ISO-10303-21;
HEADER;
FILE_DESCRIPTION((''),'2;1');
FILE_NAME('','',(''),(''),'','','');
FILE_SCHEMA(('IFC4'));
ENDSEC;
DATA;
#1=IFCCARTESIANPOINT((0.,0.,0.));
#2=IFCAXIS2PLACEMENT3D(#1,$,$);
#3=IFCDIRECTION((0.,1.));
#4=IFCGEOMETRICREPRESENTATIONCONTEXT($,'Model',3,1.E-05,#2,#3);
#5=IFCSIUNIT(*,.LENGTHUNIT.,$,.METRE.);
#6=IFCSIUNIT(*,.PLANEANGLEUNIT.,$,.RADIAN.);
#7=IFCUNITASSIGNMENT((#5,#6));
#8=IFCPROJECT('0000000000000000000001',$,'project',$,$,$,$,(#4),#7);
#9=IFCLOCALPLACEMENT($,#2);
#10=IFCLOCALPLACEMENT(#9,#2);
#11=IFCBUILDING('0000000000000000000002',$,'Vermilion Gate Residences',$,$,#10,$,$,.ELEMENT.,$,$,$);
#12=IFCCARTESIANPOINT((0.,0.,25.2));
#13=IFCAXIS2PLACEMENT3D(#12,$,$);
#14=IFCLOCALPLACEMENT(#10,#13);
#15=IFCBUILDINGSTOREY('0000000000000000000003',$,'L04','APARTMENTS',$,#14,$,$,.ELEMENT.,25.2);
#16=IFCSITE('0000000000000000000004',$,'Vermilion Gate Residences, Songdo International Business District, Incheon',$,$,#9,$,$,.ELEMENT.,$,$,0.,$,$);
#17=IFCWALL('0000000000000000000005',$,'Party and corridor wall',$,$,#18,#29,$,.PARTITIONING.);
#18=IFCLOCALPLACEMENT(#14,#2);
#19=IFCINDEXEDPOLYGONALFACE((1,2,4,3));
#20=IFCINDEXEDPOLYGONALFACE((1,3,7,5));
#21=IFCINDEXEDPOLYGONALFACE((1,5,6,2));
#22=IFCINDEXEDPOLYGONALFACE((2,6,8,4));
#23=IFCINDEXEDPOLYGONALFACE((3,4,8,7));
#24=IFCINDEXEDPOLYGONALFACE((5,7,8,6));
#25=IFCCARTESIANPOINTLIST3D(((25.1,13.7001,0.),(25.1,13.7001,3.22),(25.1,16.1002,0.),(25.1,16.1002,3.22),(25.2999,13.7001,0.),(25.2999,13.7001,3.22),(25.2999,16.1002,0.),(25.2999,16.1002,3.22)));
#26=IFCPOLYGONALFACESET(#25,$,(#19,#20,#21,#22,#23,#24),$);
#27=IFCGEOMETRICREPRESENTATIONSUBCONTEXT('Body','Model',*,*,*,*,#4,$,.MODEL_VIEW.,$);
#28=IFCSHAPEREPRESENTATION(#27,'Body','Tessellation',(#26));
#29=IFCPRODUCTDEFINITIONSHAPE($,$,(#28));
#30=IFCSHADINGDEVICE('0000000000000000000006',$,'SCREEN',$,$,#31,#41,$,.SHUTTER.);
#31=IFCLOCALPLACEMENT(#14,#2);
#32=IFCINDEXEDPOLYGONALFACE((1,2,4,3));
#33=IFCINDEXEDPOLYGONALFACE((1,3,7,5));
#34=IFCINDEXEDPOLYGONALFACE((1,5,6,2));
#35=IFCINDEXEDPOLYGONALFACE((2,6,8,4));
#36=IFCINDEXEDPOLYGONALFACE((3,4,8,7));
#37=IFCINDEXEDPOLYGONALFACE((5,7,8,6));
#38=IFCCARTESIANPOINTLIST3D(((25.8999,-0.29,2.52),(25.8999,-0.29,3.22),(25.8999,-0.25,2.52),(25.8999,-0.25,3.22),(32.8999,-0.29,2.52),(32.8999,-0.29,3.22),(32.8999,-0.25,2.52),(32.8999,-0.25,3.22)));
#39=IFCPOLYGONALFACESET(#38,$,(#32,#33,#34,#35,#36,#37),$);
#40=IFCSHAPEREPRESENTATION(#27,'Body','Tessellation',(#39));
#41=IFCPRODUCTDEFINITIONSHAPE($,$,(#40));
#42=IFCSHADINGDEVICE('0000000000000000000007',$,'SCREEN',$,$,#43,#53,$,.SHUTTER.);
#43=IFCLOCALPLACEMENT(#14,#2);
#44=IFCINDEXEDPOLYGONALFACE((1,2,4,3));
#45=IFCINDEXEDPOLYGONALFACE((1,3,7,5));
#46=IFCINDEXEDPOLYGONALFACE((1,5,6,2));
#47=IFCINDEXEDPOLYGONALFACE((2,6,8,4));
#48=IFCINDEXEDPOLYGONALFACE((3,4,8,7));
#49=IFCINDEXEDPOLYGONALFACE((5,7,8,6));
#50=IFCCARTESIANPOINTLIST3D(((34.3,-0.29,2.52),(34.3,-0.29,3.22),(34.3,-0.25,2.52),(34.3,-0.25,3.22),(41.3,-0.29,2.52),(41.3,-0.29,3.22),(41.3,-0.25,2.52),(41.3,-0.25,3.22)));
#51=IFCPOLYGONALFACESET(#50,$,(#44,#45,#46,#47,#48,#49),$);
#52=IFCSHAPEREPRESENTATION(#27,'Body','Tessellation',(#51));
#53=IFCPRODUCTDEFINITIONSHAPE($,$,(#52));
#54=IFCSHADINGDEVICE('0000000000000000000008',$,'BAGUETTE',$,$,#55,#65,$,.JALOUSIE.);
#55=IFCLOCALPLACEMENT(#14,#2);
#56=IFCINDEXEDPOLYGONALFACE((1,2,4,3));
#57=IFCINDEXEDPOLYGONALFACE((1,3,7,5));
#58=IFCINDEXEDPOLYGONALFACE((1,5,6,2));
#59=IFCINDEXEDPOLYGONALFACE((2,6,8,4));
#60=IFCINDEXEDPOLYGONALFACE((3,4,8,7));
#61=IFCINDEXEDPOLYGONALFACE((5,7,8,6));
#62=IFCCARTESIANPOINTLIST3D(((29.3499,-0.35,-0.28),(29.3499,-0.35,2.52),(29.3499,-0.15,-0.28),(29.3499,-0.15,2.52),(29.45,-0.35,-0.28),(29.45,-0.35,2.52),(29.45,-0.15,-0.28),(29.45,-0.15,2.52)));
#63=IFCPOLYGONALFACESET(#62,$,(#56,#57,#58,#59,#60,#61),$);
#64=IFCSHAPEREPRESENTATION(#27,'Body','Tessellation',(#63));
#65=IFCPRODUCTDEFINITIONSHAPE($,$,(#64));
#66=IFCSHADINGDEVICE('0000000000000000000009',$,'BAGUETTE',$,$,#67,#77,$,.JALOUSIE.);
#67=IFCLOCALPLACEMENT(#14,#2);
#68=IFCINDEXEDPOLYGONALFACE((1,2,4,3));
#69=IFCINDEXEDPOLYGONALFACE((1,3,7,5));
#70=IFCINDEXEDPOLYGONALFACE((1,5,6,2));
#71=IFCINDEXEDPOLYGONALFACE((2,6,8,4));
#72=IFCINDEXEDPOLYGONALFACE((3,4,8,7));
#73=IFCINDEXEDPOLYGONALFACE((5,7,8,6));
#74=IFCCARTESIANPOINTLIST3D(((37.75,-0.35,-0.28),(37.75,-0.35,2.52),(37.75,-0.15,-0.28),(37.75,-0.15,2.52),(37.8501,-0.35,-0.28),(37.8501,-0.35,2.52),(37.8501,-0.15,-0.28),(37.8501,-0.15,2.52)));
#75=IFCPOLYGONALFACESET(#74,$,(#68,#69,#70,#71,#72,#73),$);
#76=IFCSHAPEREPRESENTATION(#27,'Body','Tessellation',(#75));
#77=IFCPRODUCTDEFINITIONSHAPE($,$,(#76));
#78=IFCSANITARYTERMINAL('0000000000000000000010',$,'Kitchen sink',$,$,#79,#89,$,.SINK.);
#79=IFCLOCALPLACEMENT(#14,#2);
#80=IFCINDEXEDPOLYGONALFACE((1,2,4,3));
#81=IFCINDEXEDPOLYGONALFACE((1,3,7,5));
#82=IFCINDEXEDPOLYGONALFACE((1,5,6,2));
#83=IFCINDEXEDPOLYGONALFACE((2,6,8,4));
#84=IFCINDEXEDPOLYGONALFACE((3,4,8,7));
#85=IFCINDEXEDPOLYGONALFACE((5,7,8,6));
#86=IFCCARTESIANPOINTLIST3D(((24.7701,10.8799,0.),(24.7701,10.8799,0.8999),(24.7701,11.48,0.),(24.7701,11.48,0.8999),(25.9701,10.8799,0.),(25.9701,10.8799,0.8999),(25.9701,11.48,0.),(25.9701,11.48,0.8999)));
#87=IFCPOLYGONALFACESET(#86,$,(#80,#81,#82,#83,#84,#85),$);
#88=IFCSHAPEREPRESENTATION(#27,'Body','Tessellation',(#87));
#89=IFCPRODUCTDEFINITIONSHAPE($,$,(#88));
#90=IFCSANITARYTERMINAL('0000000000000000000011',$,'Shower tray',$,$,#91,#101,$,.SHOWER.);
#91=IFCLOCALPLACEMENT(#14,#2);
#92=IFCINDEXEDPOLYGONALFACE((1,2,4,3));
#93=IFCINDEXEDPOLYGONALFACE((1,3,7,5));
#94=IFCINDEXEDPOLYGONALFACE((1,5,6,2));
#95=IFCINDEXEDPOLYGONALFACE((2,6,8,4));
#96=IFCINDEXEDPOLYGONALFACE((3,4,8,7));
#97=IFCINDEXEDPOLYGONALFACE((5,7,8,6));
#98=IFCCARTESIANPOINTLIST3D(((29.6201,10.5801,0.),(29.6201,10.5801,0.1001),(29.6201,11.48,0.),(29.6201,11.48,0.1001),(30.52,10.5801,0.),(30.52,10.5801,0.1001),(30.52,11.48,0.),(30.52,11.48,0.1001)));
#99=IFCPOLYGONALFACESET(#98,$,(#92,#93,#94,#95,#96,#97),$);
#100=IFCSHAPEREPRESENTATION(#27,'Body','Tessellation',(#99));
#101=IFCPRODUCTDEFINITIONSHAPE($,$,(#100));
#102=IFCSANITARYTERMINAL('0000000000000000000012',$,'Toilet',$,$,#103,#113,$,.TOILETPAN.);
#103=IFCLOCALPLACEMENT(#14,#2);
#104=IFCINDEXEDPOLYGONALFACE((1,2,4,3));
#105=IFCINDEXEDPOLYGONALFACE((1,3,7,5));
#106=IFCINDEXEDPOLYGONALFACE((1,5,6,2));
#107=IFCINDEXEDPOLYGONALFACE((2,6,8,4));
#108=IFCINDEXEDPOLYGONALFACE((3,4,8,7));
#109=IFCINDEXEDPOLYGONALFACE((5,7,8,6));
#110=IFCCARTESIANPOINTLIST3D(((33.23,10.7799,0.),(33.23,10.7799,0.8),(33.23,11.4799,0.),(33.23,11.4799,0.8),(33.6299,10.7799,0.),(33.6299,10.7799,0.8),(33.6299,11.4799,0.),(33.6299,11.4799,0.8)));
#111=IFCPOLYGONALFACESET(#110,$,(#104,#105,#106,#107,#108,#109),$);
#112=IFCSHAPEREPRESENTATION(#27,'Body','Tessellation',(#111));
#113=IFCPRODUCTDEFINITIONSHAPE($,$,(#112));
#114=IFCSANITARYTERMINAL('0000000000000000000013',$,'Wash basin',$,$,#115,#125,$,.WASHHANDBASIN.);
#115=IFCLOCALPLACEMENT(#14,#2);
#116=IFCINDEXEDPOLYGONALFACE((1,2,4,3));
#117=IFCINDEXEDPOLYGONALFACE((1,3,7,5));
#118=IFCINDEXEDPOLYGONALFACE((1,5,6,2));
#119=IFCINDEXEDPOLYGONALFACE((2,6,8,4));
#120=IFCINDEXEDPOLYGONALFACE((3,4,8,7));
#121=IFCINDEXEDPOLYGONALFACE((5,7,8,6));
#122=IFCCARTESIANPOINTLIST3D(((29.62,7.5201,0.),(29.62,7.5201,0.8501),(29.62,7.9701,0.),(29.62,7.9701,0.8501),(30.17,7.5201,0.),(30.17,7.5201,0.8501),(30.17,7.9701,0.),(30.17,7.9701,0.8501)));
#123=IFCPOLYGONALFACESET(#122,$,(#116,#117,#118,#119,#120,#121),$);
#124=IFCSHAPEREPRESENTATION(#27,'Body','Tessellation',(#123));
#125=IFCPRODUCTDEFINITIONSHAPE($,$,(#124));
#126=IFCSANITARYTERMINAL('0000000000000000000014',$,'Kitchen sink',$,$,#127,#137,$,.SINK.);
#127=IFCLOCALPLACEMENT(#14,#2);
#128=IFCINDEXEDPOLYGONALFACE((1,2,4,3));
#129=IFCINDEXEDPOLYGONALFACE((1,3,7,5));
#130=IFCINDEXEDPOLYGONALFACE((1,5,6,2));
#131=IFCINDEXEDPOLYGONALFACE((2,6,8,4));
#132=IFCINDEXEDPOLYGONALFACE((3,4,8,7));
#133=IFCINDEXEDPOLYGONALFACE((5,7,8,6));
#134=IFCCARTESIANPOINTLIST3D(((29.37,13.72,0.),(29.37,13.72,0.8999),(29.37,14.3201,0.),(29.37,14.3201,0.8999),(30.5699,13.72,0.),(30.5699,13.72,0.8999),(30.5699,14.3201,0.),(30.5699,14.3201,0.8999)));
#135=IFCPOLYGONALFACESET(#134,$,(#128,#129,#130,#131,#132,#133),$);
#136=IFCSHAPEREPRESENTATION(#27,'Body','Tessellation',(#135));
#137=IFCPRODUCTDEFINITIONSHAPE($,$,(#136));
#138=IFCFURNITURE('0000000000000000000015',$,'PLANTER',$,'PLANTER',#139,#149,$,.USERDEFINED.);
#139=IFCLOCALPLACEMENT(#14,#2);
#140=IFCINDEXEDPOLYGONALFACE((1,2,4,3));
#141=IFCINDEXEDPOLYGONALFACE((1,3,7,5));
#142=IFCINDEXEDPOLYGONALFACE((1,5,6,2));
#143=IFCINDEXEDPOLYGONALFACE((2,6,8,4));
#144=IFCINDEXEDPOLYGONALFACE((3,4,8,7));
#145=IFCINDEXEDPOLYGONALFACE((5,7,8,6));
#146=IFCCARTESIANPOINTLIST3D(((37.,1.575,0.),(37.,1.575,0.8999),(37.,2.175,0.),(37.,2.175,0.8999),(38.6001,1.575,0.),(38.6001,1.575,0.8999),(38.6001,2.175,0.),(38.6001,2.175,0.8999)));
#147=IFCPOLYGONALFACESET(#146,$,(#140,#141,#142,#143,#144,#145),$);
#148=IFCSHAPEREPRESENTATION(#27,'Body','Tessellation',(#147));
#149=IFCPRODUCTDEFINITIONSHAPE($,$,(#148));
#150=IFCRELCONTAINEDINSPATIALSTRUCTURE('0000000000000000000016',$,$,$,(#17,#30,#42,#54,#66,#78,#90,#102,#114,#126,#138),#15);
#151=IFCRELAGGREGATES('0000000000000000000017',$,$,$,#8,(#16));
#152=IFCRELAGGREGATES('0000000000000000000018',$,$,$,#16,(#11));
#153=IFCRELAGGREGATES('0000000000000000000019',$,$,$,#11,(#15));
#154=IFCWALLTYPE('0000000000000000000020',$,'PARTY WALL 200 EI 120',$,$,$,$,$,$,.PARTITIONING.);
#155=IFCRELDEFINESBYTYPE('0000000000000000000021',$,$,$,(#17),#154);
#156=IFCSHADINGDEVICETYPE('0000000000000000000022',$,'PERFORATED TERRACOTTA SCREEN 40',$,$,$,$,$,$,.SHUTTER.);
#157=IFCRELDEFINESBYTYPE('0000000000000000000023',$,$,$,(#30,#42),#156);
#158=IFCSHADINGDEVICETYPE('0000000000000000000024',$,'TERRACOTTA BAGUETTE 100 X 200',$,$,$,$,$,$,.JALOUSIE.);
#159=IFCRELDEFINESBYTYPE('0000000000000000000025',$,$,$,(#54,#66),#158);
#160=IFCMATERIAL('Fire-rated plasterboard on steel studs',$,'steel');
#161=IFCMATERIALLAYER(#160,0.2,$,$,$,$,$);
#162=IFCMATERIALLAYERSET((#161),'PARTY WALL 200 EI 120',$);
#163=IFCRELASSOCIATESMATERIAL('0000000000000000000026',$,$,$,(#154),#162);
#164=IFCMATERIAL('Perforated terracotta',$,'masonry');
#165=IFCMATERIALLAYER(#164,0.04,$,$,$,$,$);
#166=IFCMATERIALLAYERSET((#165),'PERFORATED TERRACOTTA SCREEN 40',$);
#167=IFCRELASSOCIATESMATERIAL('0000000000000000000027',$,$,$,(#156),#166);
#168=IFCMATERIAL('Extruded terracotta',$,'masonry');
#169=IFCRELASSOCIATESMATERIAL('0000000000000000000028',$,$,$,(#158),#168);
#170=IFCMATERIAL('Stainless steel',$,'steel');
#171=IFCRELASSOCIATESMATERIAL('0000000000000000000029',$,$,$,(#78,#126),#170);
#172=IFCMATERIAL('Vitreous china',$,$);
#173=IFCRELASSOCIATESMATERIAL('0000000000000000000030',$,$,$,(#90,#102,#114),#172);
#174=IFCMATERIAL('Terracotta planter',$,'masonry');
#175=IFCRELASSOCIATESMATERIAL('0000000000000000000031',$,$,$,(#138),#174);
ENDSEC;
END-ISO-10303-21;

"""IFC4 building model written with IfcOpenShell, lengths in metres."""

from ifc_helpers import new_model, si_unit, direction, frame, frame_2d, origin, origin_2d, place, context, subcontext, project, spatial, rectangle, extrude, material, layer, layer_set, material_profile, profile_set, type_object, element, save


model = new_model("IFC4")

# Units and contexts
model_context = context("Model", 3, precision=1e-05, world=origin(), true_north=direction((0.0, 1.0)))
body_context = subcontext(model_context, "Body", "Model", "MODEL_VIEW")
ifc_project = project(units=[si_unit("LENGTHUNIT", "METRE"), si_unit("PLANEANGLEUNIT", "RADIAN")], contexts=[model_context])

# Site, building, storey
site_placement = place(None, origin())
site = spatial("IfcSite", under=ifc_project, at=site_placement, Name="Vermilion Gate Residences, Songdo International Business District, Incheon", CompositionType="ELEMENT", RefElevation=0.0)
building_placement = place(site_placement, origin())
building = spatial("IfcBuilding", under=site, at=building_placement, Name="Vermilion Gate Residences", CompositionType="ELEMENT")
storey_placement = place(building_placement, frame((0.0, 0.0, 25.2)))
storey = spatial("IfcBuildingStorey", under=building, at=storey_placement, Name="L04", Description="APARTMENTS", CompositionType="ELEMENT", Elevation=25.2)

# Wall
ifc_material_1 = material(Name="Fire-rated plasterboard on steel studs", Category="steel")
ifc_layer_1 = layer(ifc_material_1, 0.2)
ifc_layer_set_1 = layer_set([ifc_layer_1], Name="PARTY WALL 200 EI 120")
wall_type_1 = type_object("IfcWallType", Name="PARTY WALL 200 EI 120", PredefinedType="PARTITIONING", material=ifc_layer_set_1)
wall_1_placement = place(storey_placement, frame((25.2, 13.7, 0.0), z_axis=(0.0, 0.0, 1.0), x_axis=(0.0, 1.0, 0.0)))
element("IfcWall", 1, at=wall_1_placement, inside=storey, type_object=wall_type_1, Name="Party and corridor wall", PredefinedType="PARTITIONING", context=body_context, shape_type="SweptSolid", body=[
    extrude(rectangle(XDim=2.4001, YDim=0.2, at=frame_2d((1.2002, 0.0))), origin(), (0.0, 0.0, 1.0), 3.22),
])

# Shading devices
ifc_material_2 = material(Name="Perforated terracotta", Category="masonry")
ifc_layer_2 = layer(ifc_material_2, 0.04)
ifc_layer_set_2 = layer_set([ifc_layer_2], Name="PERFORATED TERRACOTTA SCREEN 40")
shading_device_type_1 = type_object("IfcShadingDeviceType", Name="PERFORATED TERRACOTTA SCREEN 40", PredefinedType="SHUTTER", material=ifc_layer_set_2)
for number, where, z_axis, x_axis, name in (
    (2, (29.3999, -0.27, 2.52), (0.0, 0.0, 1.0), (1.0, 0.0, 0.0), "SCREEN"),
    (3, (37.8, -0.27, 2.52), (0.0, 0.0, 1.0), (1.0, 0.0, 0.0), "SCREEN"),
):
    element("IfcShadingDevice", number, at=place(storey_placement, frame(where, z_axis=z_axis, x_axis=x_axis)), inside=storey, type_object=shading_device_type_1, Name=name, PredefinedType="SHUTTER", context=body_context, shape_type="SweptSolid", body=[
        extrude(rectangle(XDim=7.0, YDim=0.04, at=origin_2d()), origin(), (0.0, 0.0, 1.0), 0.7),
    ])
ifc_material_3 = material(Name="Extruded terracotta", Category="masonry")
ifc_material_profile_1 = material_profile(ifc_material_3, rectangle(XDim=0.2, YDim=0.1001, at=origin_2d()), Name="BAGUETTE 100 X 200")
ifc_profile_set_1 = profile_set([ifc_material_profile_1], Name="Extruded terracotta")
shading_device_type_2 = type_object("IfcShadingDeviceType", Name="TERRACOTTA BAGUETTE 100 X 200", PredefinedType="JALOUSIE", material=ifc_profile_set_1)
for number, where, z_axis, x_axis, name in (
    (4, (29.3999, -0.25, -0.28), (0.0, 0.0, 1.0), (0.0, 1.0, 0.0), "BAGUETTE"),
    (5, (37.8, -0.25, -0.28), (0.0, 0.0, 1.0), (0.0, 1.0, 0.0), "BAGUETTE"),
):
    element("IfcShadingDevice", number, at=place(storey_placement, frame(where, z_axis=z_axis, x_axis=x_axis)), inside=storey, type_object=shading_device_type_2, Name=name, PredefinedType="JALOUSIE", context=body_context, shape_type="SweptSolid", body=[
        extrude(rectangle(XDim=0.2, YDim=0.1001, at=origin_2d()), origin(), (0.0, 0.0, 1.0), 2.8),
    ])

# Sanitary terminals
ifc_material_4 = material(Name="Stainless steel", Category="steel")
sanitary_terminal_1_placement = place(storey_placement, frame((25.3701, 11.1799, 0.0), z_axis=(0.0, 0.0, 1.0), x_axis=(1.0, 0.0, 0.0)))
element("IfcSanitaryTerminal", 6, at=sanitary_terminal_1_placement, inside=storey, material=ifc_material_4, Name="Kitchen sink", PredefinedType="SINK", context=body_context, shape_type="SweptSolid", body=[
    extrude(rectangle(XDim=1.2, YDim=0.6001, at=origin_2d()), origin(), (0.0, 0.0, 1.0), 0.8999),
])
ifc_material_5 = material(Name="Vitreous china")
sanitary_terminal_2_placement = place(storey_placement, frame((30.0701, 11.03, 0.0), z_axis=(0.0, 0.0, 1.0), x_axis=(1.0, 0.0, 0.0)))
element("IfcSanitaryTerminal", 7, at=sanitary_terminal_2_placement, inside=storey, material=ifc_material_5, Name="Shower tray", PredefinedType="SHOWER", context=body_context, shape_type="SweptSolid", body=[
    extrude(rectangle(XDim=0.8999, YDim=0.8999, at=origin_2d()), origin(), (0.0, 0.0, 1.0), 0.1001),
])
sanitary_terminal_3_placement = place(storey_placement, frame((33.4299, 11.1299, 0.0), z_axis=(0.0, 0.0, 1.0), x_axis=(1.0, 0.0, 0.0)))
element("IfcSanitaryTerminal", 8, at=sanitary_terminal_3_placement, inside=storey, material=ifc_material_5, Name="Toilet", PredefinedType="TOILETPAN", context=body_context, shape_type="SweptSolid", body=[
    extrude(rectangle(XDim=0.3999, YDim=0.7, at=origin_2d()), origin(), (0.0, 0.0, 1.0), 0.8),
])
sanitary_terminal_4_placement = place(storey_placement, frame((29.895, 7.7451, 0.0), z_axis=(0.0, 0.0, 1.0), x_axis=(1.0, 0.0, 0.0)))
element("IfcSanitaryTerminal", 9, at=sanitary_terminal_4_placement, inside=storey, material=ifc_material_5, Name="Wash basin", PredefinedType="WASHHANDBASIN", context=body_context, shape_type="SweptSolid", body=[
    extrude(rectangle(XDim=0.55, YDim=0.45, at=origin_2d()), origin(), (0.0, 0.0, 1.0), 0.8501),
])
sanitary_terminal_5_placement = place(storey_placement, frame((29.97, 14.02, 0.0), z_axis=(0.0, 0.0, 1.0), x_axis=(1.0, 0.0, 0.0)))
element("IfcSanitaryTerminal", 10, at=sanitary_terminal_5_placement, inside=storey, material=ifc_material_4, Name="Kitchen sink", PredefinedType="SINK", context=body_context, shape_type="SweptSolid", body=[
    extrude(rectangle(XDim=1.2, YDim=0.6001, at=origin_2d()), origin(), (0.0, 0.0, 1.0), 0.8999),
])

# Furniture
ifc_material_6 = material(Name="Terracotta planter", Category="masonry")
furniture_placement = place(storey_placement, frame((37.8, 1.875, 0.0), z_axis=(0.0, 0.0, 1.0), x_axis=(1.0, 0.0, 0.0)))
element("IfcFurniture", 11, at=furniture_placement, inside=storey, material=ifc_material_6, Name="PLANTER", ObjectType="PLANTER", PredefinedType="USERDEFINED", context=body_context, shape_type="SweptSolid", body=[
    extrude(rectangle(XDim=1.6001, YDim=0.6001, at=origin_2d()), origin(), (0.0, 0.0, 1.0), 0.8999),
])

save(model, "model.ifc")
